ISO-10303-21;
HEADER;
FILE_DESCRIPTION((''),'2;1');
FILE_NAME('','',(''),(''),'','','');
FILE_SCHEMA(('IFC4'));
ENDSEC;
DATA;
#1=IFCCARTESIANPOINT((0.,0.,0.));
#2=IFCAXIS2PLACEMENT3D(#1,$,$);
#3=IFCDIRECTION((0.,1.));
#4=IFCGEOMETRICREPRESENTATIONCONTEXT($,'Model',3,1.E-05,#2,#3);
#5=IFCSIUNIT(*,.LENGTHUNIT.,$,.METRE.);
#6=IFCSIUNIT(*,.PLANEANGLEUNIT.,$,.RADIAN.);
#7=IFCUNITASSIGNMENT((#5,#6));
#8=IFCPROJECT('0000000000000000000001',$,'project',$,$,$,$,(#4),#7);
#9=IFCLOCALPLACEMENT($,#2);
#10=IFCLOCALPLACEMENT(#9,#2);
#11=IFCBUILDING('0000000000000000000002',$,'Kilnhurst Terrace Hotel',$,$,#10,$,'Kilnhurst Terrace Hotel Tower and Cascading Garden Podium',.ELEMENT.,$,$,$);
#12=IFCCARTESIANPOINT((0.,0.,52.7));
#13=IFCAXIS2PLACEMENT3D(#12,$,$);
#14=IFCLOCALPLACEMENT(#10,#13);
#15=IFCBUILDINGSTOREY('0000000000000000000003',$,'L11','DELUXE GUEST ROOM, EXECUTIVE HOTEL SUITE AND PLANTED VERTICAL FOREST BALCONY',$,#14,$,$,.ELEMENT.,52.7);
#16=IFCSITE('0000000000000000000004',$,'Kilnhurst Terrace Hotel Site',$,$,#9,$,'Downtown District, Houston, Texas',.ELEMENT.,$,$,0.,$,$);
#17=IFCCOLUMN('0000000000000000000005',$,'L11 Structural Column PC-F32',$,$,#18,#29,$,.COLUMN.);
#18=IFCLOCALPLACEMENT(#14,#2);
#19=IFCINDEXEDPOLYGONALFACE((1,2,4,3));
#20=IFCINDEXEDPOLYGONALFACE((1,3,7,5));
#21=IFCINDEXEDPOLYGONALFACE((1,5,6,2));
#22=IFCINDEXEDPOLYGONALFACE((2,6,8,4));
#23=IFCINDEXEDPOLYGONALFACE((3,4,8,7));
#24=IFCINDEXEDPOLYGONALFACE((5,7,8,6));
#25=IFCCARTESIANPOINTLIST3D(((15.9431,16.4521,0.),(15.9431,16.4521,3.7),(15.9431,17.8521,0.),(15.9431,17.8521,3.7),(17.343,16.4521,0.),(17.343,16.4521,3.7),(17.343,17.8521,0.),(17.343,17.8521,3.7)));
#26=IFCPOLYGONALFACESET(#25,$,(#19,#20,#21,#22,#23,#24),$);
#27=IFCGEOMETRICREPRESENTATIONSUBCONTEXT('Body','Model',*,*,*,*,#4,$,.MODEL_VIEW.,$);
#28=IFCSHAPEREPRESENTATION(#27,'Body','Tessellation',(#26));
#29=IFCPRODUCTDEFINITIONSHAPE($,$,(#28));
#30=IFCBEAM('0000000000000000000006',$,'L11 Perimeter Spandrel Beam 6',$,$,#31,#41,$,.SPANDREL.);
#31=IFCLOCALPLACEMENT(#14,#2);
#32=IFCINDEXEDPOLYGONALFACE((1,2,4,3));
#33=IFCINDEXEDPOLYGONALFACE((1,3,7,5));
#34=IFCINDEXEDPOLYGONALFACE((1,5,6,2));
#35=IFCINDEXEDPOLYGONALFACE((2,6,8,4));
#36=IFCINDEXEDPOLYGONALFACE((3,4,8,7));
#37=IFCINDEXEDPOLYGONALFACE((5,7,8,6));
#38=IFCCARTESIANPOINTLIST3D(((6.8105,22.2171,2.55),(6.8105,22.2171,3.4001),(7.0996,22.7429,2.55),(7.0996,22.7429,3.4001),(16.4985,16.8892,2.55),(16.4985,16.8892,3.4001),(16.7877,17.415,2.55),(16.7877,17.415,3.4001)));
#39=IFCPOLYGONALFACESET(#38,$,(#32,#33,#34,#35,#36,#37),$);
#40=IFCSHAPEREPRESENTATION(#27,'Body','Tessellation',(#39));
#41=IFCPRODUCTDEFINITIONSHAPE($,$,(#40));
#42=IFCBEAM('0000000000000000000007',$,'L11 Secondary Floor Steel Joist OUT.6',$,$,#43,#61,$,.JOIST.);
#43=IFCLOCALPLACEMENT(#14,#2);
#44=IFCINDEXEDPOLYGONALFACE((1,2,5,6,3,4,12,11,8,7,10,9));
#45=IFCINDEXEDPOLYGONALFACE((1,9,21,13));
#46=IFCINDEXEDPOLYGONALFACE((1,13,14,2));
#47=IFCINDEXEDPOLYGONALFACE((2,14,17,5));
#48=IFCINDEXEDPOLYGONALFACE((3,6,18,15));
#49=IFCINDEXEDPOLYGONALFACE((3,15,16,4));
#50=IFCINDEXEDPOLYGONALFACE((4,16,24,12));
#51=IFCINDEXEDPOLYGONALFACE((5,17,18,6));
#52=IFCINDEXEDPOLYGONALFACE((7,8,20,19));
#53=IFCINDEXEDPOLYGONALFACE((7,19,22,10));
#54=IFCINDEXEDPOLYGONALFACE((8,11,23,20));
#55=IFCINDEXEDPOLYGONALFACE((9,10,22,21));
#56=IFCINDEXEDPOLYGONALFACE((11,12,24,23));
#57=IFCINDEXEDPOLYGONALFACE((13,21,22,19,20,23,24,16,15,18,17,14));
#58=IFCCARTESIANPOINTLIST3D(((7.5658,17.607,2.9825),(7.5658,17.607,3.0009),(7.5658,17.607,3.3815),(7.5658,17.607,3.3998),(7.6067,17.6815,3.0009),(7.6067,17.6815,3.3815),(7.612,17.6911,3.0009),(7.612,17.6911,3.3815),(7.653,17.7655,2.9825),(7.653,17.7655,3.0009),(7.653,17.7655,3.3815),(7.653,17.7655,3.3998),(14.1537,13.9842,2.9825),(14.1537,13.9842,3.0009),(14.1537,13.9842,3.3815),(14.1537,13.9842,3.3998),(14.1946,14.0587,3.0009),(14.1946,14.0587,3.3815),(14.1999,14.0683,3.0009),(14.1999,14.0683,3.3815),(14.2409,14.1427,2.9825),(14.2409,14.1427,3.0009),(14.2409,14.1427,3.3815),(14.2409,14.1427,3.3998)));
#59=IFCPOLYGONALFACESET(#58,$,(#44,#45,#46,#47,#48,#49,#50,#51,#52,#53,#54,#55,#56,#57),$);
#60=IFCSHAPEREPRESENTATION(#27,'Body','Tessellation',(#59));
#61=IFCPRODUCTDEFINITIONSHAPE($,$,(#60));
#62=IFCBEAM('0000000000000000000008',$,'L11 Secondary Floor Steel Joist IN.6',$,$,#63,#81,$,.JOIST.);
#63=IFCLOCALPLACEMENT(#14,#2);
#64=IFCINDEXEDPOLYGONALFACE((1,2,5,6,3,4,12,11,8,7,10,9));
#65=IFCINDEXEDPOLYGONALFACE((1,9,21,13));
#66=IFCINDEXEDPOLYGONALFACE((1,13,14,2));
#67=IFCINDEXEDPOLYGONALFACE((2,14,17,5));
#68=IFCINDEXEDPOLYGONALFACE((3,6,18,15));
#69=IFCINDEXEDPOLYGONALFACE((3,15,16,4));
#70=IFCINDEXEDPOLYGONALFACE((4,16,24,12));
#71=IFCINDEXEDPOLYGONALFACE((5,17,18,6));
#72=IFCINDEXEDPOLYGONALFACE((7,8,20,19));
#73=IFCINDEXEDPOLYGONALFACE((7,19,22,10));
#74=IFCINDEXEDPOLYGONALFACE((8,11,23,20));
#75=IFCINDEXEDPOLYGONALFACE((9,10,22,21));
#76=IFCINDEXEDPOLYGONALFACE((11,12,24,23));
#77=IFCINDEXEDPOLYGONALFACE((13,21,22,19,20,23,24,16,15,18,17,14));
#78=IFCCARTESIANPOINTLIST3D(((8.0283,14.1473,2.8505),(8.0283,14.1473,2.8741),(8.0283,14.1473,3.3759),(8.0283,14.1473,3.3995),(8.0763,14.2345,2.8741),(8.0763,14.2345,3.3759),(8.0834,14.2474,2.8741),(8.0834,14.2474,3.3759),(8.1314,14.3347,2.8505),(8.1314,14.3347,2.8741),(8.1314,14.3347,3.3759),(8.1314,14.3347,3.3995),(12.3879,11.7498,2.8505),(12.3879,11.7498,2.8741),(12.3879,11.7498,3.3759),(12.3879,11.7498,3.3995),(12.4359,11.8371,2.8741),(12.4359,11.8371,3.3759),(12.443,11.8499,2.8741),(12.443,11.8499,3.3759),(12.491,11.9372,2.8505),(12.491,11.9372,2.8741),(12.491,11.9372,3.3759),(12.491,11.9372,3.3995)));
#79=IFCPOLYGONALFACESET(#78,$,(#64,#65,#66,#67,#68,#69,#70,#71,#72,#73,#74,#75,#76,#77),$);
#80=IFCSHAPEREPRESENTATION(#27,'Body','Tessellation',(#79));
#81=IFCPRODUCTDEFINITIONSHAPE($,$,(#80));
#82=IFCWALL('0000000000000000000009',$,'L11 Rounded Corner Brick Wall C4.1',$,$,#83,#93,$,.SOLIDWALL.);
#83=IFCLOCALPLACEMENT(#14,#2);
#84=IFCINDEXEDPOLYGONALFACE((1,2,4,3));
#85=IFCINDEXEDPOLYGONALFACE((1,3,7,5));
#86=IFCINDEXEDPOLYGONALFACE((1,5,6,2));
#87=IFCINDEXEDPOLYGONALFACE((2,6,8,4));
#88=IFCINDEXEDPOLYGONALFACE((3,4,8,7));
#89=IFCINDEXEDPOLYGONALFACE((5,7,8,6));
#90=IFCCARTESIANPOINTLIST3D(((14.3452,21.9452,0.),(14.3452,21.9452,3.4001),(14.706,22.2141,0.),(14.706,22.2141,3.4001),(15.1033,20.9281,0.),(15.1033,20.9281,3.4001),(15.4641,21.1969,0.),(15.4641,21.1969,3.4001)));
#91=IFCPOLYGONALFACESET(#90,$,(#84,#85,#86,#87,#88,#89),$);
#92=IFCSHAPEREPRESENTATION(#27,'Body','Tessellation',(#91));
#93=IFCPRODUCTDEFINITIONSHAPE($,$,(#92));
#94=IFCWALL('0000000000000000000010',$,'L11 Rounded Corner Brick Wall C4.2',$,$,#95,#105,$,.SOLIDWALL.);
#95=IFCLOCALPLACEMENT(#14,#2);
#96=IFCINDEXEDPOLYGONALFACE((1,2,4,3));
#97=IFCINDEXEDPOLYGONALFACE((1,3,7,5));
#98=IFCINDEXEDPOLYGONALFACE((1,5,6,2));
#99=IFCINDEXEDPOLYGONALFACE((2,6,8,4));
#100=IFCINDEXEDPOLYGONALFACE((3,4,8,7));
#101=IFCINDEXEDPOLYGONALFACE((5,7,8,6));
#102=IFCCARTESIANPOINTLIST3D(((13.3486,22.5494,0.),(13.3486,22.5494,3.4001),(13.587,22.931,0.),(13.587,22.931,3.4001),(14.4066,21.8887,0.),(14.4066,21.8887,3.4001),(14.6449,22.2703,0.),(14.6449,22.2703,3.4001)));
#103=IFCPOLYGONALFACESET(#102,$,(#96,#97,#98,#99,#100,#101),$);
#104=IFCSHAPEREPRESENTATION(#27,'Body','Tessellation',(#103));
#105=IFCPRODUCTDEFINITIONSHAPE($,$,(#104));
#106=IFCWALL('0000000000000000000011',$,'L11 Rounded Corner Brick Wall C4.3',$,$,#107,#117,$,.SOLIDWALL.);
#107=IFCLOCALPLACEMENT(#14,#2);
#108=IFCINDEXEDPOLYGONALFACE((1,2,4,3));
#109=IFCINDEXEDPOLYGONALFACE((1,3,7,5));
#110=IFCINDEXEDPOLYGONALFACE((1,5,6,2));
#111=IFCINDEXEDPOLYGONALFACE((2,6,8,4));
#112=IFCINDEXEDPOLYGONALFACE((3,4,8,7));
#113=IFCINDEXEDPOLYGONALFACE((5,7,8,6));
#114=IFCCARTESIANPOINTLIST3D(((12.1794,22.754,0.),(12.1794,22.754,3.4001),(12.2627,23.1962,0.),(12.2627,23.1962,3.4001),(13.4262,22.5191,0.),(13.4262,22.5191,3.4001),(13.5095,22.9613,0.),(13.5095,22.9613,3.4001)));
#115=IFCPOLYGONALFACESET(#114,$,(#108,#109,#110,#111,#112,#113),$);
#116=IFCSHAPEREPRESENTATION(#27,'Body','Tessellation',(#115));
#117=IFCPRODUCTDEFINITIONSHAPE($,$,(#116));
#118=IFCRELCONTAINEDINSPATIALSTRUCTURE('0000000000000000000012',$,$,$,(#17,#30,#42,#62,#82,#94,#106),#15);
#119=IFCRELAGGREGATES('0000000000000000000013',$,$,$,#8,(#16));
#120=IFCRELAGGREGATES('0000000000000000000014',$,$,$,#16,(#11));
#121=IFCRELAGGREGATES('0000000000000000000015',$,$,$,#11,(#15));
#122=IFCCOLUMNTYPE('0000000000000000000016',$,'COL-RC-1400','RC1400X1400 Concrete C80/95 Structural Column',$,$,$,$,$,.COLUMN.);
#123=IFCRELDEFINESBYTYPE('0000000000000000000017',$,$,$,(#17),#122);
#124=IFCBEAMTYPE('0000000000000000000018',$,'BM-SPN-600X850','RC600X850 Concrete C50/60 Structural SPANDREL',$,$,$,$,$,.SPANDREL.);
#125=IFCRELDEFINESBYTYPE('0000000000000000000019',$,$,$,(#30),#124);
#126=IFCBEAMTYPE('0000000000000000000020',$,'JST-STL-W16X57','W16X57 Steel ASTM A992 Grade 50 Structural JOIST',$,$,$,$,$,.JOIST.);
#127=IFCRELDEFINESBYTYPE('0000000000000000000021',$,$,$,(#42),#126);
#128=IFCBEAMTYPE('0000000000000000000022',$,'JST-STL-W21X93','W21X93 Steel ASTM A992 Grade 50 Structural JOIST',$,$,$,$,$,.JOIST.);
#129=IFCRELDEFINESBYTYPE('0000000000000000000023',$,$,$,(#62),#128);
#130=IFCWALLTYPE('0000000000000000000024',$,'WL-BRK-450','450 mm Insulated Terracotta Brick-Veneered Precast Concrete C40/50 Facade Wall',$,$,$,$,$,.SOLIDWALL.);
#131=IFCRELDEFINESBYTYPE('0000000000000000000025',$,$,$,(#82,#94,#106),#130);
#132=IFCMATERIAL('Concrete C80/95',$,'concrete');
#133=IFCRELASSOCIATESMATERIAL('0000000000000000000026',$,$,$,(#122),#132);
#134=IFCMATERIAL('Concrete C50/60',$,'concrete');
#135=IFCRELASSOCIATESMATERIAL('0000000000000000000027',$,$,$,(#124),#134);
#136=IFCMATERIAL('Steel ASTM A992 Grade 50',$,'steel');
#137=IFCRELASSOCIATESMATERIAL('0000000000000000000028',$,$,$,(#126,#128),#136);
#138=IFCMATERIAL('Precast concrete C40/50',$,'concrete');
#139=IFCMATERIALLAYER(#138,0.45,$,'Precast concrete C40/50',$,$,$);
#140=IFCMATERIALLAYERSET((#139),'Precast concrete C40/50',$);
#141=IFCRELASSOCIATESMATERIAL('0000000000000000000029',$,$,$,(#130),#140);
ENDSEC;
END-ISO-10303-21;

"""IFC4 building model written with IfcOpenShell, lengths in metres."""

from ifc_helpers import new_model, si_unit, direction, frame, frame_2d, origin, origin_2d, place, context, subcontext, project, spatial, rectangle, i_section, extrude, material, layer, layer_set, material_profile, profile_set, type_object, element, save


model = new_model("IFC4")

# Units and contexts
model_context = context("Model", 3, precision=1e-05, world=origin(), true_north=direction((0.0, 1.0)))
body_context = subcontext(model_context, "Body", "Model", "MODEL_VIEW")
ifc_project = project(units=[si_unit("LENGTHUNIT", "METRE"), si_unit("PLANEANGLEUNIT", "RADIAN")], contexts=[model_context])

# Site, building, storey
site_placement = place(None, origin())
site = spatial("IfcSite", under=ifc_project, at=site_placement, Name="Kilnhurst Terrace Hotel Site", LongName="Downtown District, Houston, Texas", CompositionType="ELEMENT", RefElevation=0.0)
building_placement = place(site_placement, origin())
building = spatial("IfcBuilding", under=site, at=building_placement, Name="Kilnhurst Terrace Hotel", LongName="Kilnhurst Terrace Hotel Tower and Cascading Garden Podium", CompositionType="ELEMENT")
storey_placement = place(building_placement, frame((0.0, 0.0, 52.7)))
storey = spatial("IfcBuildingStorey", under=building, at=storey_placement, Name="L11", Description="DELUXE GUEST ROOM, EXECUTIVE HOTEL SUITE AND PLANTED VERTICAL FOREST BALCONY", CompositionType="ELEMENT", Elevation=52.7)

# Column
ifc_material_1 = material(Name="Concrete C80/95", Category="concrete")
ifc_material_profile_1 = material_profile(ifc_material_1, rectangle(XDim=1.3999, YDim=1.3999, at=origin_2d()), Name="RC1400X1400")
ifc_profile_set_1 = profile_set([ifc_material_profile_1], Name="Concrete C80/95")
column_type = type_object("IfcColumnType", Name="COL-RC-1400", Description="RC1400X1400 Concrete C80/95 Structural Column", PredefinedType="COLUMN", material=ifc_profile_set_1)
column_placement = place(storey_placement, frame((16.6431, 17.1521, 0.0), z_axis=(0.0, 0.0, 1.0), x_axis=(1.0, 0.0, 0.0)))
element("IfcColumn", 1, at=column_placement, inside=storey, type_object=column_type, Name="L11 Structural Column PC-F32", PredefinedType="COLUMN", context=body_context, shape_type="SweptSolid", body=[
    extrude(rectangle(XDim=1.3999, YDim=1.3999, at=origin_2d()), origin(), (0.0, 0.0, 1.0), 3.7),
])

# Beams
ifc_material_2 = material(Name="Concrete C50/60", Category="concrete")
ifc_material_profile_2 = material_profile(ifc_material_2, rectangle(XDim=0.6001, YDim=0.8501, at=origin_2d()), Name="RC600X850")
ifc_profile_set_2 = profile_set([ifc_material_profile_2], Name="Concrete C50/60")
beam_type_1 = type_object("IfcBeamType", Name="BM-SPN-600X850", Description="RC600X850 Concrete C50/60 Structural SPANDREL", PredefinedType="SPANDREL", material=ifc_profile_set_2)
beam_1_placement = place(storey_placement, frame((16.6431, 17.1521, 2.9751), z_axis=(-0.876235, 0.481883, 0.0), x_axis=(-0.481883, -0.876235, 0.0)))
element("IfcBeam", 2, at=beam_1_placement, inside=storey, type_object=beam_type_1, Name="L11 Perimeter Spandrel Beam 6", PredefinedType="SPANDREL", context=body_context, shape_type="SweptSolid", body=[
    extrude(rectangle(XDim=0.6001, YDim=0.8501, at=origin_2d()), origin(), (0.0, 0.0, 1.0), 11.0564),
])
ifc_material_3 = material(Name="Steel ASTM A992 Grade 50", Category="steel")
ifc_material_profile_3 = material_profile(ifc_material_3, i_section(OverallWidth=0.1809, OverallDepth=0.4172, WebThickness=0.011, FlangeThickness=0.0183, at=origin_2d()), Name="W16X57")
ifc_profile_set_3 = profile_set([ifc_material_profile_3], Name="Steel ASTM A992 Grade 50")
beam_type_2 = type_object("IfcBeamType", Name="JST-STL-W16X57", Description="W16X57 Steel ASTM A992 Grade 50 Structural JOIST", PredefinedType="JOIST", material=ifc_profile_set_3)
beam_2_placement = place(storey_placement, frame((14.1973, 14.0635, 3.1912), z_axis=(-0.876246, 0.481864, 0.0), x_axis=(-0.481864, -0.876246, 0.0)))
element("IfcBeam", 3, at=beam_2_placement, inside=storey, type_object=beam_type_2, Name="L11 Secondary Floor Steel Joist OUT.6", PredefinedType="JOIST", context=body_context, shape_type="SweptSolid", body=[
    extrude(i_section(OverallWidth=0.1809, OverallDepth=0.4172, WebThickness=0.011, FlangeThickness=0.0183, at=origin_2d()), origin(), (0.0, 0.0, 1.0), 7.5183),
])
ifc_material_profile_4 = material_profile(ifc_material_3, i_section(OverallWidth=0.2139, OverallDepth=0.5491, WebThickness=0.0146, FlangeThickness=0.0237, at=origin_2d()), Name="W21X93")
ifc_profile_set_4 = profile_set([ifc_material_profile_4], Name="Steel ASTM A992 Grade 50")
beam_type_3 = type_object("IfcBeamType", Name="JST-STL-W21X93", Description="W21X93 Steel ASTM A992 Grade 50 Structural JOIST", PredefinedType="JOIST", material=ifc_profile_set_4)
beam_3_placement = place(storey_placement, frame((12.4395, 11.8435, 3.125), z_axis=(-0.876244, 0.481868, 0.0), x_axis=(-0.481868, -0.876244, 0.0)))
element("IfcBeam", 4, at=beam_3_placement, inside=storey, type_object=beam_type_3, Name="L11 Secondary Floor Steel Joist IN.6", PredefinedType="JOIST", context=body_context, shape_type="SweptSolid", body=[
    extrude(i_section(OverallWidth=0.2139, OverallDepth=0.5491, WebThickness=0.0146, FlangeThickness=0.0237, at=origin_2d()), origin(), (0.0, 0.0, 1.0), 4.9753),
])

# Walls
ifc_material_4 = material(Name="Precast concrete C40/50", Category="concrete")
ifc_layer_1 = layer(ifc_material_4, 0.45, Name="Precast concrete C40/50")
ifc_layer_set_1 = layer_set([ifc_layer_1], Name="Precast concrete C40/50")
wall_type_1 = type_object("IfcWallType", Name="WL-BRK-450", Description="450 mm Insulated Terracotta Brick-Veneered Precast Concrete C40/50 Facade Wall", PredefinedType="SOLIDWALL", material=ifc_layer_set_1)
wall_1_placement = place(storey_placement, frame((15.2837, 21.0625, 0.0), z_axis=(0.0, 0.0, 1.0), x_axis=(-0.597595, 0.801798, 0.0)))
element("IfcWall", 5, at=wall_1_placement, inside=storey, type_object=wall_type_1, Name="L11 Rounded Corner Brick Wall C4.1", PredefinedType="SOLIDWALL", context=body_context, shape_type="SweptSolid", body=[
    extrude(rectangle(XDim=1.2686, YDim=0.45, at=frame_2d((0.6343, 0.0))), origin(), (0.0, 0.0, 1.0), 3.4001),
])
wall_2_placement = place(storey_placement, frame((14.5256, 22.0796, 0.0), z_axis=(0.0, 0.0, 1.0), x_axis=(-0.848185, 0.5297, 0.0)))
element("IfcWall", 6, at=wall_2_placement, inside=storey, type_object=wall_type_1, Name="L11 Rounded Corner Brick Wall C4.2", PredefinedType="SOLIDWALL", context=body_context, shape_type="SweptSolid", body=[
    extrude(rectangle(XDim=1.2473, YDim=0.45, at=frame_2d((0.6235, 0.0))), origin(), (0.0, 0.0, 1.0), 3.4001),
])
wall_3_placement = place(storey_placement, frame((13.4678, 22.7402, 0.0), z_axis=(0.0, 0.0, 1.0), x_axis=(-0.982717, 0.185113, 0.0)))
element("IfcWall", 7, at=wall_3_placement, inside=storey, type_object=wall_type_1, Name="L11 Rounded Corner Brick Wall C4.3", PredefinedType="SOLIDWALL", context=body_context, shape_type="SweptSolid", body=[
    extrude(rectangle(XDim=1.2688, YDim=0.45, at=frame_2d((0.6343, 0.0))), origin(), (0.0, 0.0, 1.0), 3.4001),
])

save(model, "model.ifc")
